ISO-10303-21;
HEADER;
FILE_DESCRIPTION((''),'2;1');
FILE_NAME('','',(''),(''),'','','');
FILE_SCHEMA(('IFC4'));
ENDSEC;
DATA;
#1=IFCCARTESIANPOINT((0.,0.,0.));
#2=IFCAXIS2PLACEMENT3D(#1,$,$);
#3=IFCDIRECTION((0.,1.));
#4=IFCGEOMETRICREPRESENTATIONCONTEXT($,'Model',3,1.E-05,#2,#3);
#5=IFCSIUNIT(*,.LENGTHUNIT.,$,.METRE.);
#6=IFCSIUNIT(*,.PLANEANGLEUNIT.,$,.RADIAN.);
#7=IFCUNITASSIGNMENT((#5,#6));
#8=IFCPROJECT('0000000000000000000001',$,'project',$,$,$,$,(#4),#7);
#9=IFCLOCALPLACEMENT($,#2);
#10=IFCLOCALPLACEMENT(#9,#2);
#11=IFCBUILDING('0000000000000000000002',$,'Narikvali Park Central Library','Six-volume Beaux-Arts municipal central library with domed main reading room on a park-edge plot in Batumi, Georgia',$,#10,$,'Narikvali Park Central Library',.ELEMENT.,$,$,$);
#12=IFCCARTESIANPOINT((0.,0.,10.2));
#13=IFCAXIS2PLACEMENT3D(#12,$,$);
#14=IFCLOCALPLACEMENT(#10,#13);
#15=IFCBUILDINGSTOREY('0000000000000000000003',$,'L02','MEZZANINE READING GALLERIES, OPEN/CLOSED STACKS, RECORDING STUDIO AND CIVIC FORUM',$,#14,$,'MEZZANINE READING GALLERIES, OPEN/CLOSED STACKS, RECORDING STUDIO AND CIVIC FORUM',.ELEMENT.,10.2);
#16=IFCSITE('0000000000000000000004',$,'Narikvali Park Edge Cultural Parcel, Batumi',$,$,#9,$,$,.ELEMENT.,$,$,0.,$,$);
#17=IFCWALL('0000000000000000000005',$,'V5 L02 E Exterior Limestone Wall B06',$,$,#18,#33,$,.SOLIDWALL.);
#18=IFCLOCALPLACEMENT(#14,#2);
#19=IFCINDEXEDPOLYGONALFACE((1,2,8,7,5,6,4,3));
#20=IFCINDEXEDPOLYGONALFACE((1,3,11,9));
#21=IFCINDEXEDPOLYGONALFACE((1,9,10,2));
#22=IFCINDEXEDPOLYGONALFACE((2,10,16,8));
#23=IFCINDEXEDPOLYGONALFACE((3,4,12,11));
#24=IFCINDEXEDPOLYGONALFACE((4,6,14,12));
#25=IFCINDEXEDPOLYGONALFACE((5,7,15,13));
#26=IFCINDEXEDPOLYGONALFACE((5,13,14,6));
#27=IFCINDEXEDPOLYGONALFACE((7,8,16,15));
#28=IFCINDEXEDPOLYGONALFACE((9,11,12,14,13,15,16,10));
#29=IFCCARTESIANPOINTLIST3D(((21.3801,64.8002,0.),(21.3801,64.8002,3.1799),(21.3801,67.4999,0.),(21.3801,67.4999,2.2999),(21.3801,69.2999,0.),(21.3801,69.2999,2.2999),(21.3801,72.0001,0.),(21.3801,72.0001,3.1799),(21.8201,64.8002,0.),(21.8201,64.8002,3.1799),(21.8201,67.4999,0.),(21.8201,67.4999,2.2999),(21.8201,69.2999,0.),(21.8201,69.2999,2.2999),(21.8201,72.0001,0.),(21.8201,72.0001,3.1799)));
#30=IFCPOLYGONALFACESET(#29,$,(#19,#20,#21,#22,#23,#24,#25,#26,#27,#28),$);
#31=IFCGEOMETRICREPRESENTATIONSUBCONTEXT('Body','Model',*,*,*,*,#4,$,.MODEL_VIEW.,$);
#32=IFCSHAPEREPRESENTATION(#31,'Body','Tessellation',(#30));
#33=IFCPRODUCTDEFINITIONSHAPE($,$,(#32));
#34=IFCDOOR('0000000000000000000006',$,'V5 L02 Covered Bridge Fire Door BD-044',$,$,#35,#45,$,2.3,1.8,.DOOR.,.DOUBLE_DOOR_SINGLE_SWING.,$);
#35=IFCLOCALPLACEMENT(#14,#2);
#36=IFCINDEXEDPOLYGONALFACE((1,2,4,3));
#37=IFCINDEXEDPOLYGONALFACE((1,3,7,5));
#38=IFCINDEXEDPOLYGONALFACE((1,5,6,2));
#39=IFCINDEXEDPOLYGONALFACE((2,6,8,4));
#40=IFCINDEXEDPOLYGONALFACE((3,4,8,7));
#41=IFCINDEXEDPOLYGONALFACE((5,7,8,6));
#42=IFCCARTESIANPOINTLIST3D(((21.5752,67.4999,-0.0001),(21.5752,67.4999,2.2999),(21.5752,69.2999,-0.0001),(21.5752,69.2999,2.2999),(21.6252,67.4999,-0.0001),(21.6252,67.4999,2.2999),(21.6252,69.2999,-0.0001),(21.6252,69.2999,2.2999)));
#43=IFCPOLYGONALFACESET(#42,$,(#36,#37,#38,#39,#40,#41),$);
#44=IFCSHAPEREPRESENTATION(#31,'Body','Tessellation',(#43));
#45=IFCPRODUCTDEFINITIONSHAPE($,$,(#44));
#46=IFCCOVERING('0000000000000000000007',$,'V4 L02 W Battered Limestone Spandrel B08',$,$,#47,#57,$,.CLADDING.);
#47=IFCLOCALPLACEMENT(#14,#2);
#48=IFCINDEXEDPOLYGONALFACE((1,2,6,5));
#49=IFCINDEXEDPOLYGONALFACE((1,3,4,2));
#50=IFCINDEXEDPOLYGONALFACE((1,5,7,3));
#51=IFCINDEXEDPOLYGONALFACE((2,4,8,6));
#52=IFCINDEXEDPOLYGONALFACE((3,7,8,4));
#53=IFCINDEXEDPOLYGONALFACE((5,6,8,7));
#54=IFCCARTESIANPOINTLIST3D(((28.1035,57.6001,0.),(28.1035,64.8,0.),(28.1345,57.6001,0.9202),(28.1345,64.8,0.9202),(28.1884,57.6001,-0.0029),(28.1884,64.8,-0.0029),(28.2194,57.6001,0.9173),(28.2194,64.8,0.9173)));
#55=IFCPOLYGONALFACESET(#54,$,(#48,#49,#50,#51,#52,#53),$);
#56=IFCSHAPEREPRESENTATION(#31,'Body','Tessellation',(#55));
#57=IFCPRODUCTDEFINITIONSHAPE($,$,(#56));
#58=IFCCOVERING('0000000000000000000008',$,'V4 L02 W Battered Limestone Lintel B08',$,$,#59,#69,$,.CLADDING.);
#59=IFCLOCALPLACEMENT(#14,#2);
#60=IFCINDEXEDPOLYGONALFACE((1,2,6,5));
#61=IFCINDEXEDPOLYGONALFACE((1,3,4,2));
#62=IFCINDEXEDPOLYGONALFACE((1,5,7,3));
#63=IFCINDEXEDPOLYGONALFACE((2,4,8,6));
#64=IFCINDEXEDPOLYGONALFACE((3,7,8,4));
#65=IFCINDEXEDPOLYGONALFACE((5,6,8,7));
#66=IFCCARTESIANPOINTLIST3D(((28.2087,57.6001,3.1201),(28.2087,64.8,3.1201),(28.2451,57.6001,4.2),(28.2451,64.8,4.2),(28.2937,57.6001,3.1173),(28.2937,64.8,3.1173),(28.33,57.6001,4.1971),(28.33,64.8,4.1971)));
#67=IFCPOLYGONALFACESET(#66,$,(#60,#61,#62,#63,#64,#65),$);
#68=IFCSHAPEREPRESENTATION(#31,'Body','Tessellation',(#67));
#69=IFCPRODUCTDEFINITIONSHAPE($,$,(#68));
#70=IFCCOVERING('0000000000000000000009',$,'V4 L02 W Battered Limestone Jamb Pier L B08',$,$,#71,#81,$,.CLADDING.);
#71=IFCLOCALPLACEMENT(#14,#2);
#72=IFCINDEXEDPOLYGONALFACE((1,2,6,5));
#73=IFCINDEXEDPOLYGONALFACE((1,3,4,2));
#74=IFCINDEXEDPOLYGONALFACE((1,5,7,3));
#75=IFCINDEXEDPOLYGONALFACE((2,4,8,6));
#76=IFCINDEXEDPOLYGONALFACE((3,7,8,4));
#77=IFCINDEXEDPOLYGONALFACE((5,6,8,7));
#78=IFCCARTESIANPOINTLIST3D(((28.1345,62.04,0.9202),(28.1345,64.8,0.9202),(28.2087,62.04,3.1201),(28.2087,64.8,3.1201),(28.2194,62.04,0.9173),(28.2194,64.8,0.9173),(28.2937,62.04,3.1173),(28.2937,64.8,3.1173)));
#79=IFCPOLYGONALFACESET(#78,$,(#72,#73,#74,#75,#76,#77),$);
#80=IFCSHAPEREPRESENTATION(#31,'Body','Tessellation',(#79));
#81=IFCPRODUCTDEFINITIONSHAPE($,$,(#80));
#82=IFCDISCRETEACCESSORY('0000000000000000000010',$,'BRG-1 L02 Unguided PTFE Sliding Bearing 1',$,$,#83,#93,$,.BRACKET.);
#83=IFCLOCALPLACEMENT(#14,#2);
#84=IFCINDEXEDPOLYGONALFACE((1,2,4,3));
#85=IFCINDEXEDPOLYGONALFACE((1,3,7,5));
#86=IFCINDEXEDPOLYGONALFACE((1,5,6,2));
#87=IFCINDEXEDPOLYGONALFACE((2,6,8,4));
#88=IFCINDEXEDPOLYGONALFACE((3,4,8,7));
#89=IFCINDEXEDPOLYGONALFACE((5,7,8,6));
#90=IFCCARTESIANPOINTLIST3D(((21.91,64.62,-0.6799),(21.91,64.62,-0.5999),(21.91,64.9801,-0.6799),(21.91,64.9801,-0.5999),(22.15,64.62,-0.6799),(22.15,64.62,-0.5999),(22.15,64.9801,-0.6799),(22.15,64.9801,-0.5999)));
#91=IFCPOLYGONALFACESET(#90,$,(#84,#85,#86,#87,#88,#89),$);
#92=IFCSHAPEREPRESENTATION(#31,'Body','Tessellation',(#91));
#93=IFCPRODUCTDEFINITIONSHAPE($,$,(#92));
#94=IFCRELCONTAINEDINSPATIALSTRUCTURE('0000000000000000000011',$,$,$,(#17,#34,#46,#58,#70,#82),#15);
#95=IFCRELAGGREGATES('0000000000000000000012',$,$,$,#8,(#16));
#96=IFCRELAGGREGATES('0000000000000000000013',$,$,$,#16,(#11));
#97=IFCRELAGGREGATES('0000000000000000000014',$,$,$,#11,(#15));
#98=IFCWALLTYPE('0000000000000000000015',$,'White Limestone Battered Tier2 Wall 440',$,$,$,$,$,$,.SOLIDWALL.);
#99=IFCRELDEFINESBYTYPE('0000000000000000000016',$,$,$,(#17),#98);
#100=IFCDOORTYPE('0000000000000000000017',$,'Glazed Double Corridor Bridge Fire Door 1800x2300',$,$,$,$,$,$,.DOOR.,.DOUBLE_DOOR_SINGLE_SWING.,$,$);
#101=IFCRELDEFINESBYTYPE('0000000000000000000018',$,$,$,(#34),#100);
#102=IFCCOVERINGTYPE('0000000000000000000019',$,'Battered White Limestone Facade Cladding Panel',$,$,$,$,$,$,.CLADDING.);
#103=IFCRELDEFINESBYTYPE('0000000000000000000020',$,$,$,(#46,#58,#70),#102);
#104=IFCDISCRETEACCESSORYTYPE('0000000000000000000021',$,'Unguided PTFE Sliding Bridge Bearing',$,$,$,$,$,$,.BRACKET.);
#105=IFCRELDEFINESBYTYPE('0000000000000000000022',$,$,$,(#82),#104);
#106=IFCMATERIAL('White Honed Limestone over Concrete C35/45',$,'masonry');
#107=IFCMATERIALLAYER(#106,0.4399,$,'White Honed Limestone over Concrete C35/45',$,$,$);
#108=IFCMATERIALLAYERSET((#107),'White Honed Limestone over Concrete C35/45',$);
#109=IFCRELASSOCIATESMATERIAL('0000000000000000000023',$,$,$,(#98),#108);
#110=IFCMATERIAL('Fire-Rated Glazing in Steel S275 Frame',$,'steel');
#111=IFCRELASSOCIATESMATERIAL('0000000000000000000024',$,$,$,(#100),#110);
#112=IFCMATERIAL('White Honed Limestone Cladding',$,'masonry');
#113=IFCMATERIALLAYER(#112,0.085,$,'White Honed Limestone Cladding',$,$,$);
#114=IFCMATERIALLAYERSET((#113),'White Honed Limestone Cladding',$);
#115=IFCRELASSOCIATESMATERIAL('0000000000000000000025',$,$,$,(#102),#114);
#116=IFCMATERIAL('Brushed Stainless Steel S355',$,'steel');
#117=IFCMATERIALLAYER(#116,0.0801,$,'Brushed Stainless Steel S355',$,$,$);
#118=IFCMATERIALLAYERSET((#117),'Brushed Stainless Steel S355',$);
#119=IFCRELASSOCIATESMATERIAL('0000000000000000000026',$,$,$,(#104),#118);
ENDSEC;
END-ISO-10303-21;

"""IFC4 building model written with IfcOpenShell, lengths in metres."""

from ifc_helpers import new_model, si_unit, direction, frame, frame_2d, origin, origin_2d, place, context, subcontext, project, spatial, polyline, rectangle, outline, extrude, material, layer, layer_set, type_object, element, fill, save


model = new_model("IFC4")

# Units and contexts
model_context = context("Model", 3, precision=1e-05, world=origin(), true_north=direction((0.0, 1.0)))
body_context = subcontext(model_context, "Body", "Model", "MODEL_VIEW")
ifc_project = project(units=[si_unit("LENGTHUNIT", "METRE"), si_unit("PLANEANGLEUNIT", "RADIAN")], contexts=[model_context])

# Site, building, storey
site_placement = place(None, origin())
site = spatial("IfcSite", under=ifc_project, at=site_placement, Name="Narikvali Park Edge Cultural Parcel, Batumi", CompositionType="ELEMENT", RefElevation=0.0)
building_placement = place(site_placement, origin())
building = spatial("IfcBuilding", under=site, at=building_placement, Name="Narikvali Park Central Library", Description="Six-volume Beaux-Arts municipal central library with domed main reading room on a park-edge plot in Batumi, Georgia", LongName="Narikvali Park Central Library", CompositionType="ELEMENT")
storey_placement = place(building_placement, frame((0.0, 0.0, 10.2)))
storey = spatial("IfcBuildingStorey", under=building, at=storey_placement, Name="L02", Description="MEZZANINE READING GALLERIES, OPEN/CLOSED STACKS, RECORDING STUDIO AND CIVIC FORUM", LongName="MEZZANINE READING GALLERIES, OPEN/CLOSED STACKS, RECORDING STUDIO AND CIVIC FORUM", CompositionType="ELEMENT", Elevation=10.2)

# Wall, opening, door
ifc_material_1 = material(Name="White Honed Limestone over Concrete C35/45", Category="masonry")
ifc_layer_1 = layer(ifc_material_1, 0.4399, Name="White Honed Limestone over Concrete C35/45")
ifc_layer_set_1 = layer_set([ifc_layer_1], Name="White Honed Limestone over Concrete C35/45")
wall_type = type_object("IfcWallType", Name="White Limestone Battered Tier2 Wall 440", PredefinedType="SOLIDWALL", material=ifc_layer_set_1)
wall_placement = place(storey_placement, frame((21.6001, 64.8, 0.0), z_axis=(0.0, 0.0, 1.0), x_axis=(0.0, 1.0, 0.0)))
wall = element("IfcWall", 1, at=wall_placement, inside=storey, type_object=wall_type, Name="V5 L02 E Exterior Limestone Wall B06", PredefinedType="SOLIDWALL", context=body_context, shape_type="SweptSolid", body=[
    extrude(rectangle(XDim=7.2, YDim=0.4399, at=frame_2d((3.6001, 0.0))), origin(), (0.0, 0.0, 1.0), 3.1799),
])
opening_placement = place(wall_placement, frame((2.7, 0.0, 0.0)))
opening = element("IfcOpeningElement", 2, at=opening_placement, cuts=wall, PredefinedType="OPENING", context=body_context, shape_type="SweptSolid", body=[
    extrude(rectangle(XDim=1.8, YDim=2.3, at=frame_2d((0.8999, 1.1499))), frame((0.0, 0.2319, 0.0), z_axis=(0.0, -1.0, 0.0), x_axis=(1.0, 0.0, 0.0)), (0.0, 0.0, 1.0), 0.4639),
])
ifc_material_2 = material(Name="Fire-Rated Glazing in Steel S275 Frame", Category="steel")
door_type = type_object("IfcDoorType", Name="Glazed Double Corridor Bridge Fire Door 1800x2300", OperationType="DOUBLE_DOOR_SINGLE_SWING", PredefinedType="DOOR", material=ifc_material_2)
door_placement = place(opening_placement, origin())
door = element("IfcDoor", 3, at=door_placement, inside=storey, type_object=door_type, Name="V5 L02 Covered Bridge Fire Door BD-044", OperationType="DOUBLE_DOOR_SINGLE_SWING", OverallHeight=2.3, OverallWidth=1.8, PredefinedType="DOOR", context=body_context, shape_type="SweptSolid", body=[
    extrude(rectangle(XDim=1.8, YDim=2.3, at=frame_2d((0.8999, 1.1499))), frame((0.0, 0.0249, 0.0), z_axis=(0.0, -1.0, 0.0), x_axis=(1.0, 0.0, 0.0)), (0.0, 0.0, 1.0), 0.05),
])
fill(opening, door)

# Coverings
ifc_material_3 = material(Name="White Honed Limestone Cladding", Category="masonry")
ifc_layer_2 = layer(ifc_material_3, 0.085, Name="White Honed Limestone Cladding")
ifc_layer_set_2 = layer_set([ifc_layer_2], Name="White Honed Limestone Cladding")
covering_type = type_object("IfcCoveringType", Name="Battered White Limestone Facade Cladding Panel", PredefinedType="CLADDING", material=ifc_layer_set_2)
covering_1_placement = place(storey_placement, frame((28.1035, 64.8, 0.0), z_axis=(-0.999433, 0.0, 0.033677), x_axis=(0.0, -1.0, 0.0)))
element("IfcCovering", 4, at=covering_1_placement, inside=storey, type_object=covering_type, Name="V4 L02 W Battered Limestone Spandrel B08", PredefinedType="CLADDING", context=body_context, shape_type="SweptSolid", body=[
    extrude(outline(polyline([(0.0, 0.0), (7.2, 0.0), (7.2, 0.9207), (0.0, 0.9207), (0.0, 0.0)])), origin(), (0.0, 0.0, -1.0), 0.085),
])
covering_2_placement = place(storey_placement, frame((28.2087, 64.8, 3.1201), z_axis=(-0.999433, 0.0, 0.033668), x_axis=(0.0, -1.0, 0.0)))
element("IfcCovering", 5, at=covering_2_placement, inside=storey, type_object=covering_type, Name="V4 L02 W Battered Limestone Lintel B08", PredefinedType="CLADDING", context=body_context, shape_type="SweptSolid", body=[
    extrude(outline(polyline([(0.0, 0.0), (7.2, 0.0), (7.2, 1.0804), (0.0, 1.0804), (0.0, 0.0)])), origin(), (0.0, 0.0, -1.0), 0.085),
])
covering_3_placement = place(storey_placement, frame((28.1345, 64.8, 0.9202), z_axis=(-0.999431, 0.0, 0.033717), x_axis=(0.0, -1.0, 0.0)))
element("IfcCovering", 6, at=covering_3_placement, inside=storey, type_object=covering_type, Name="V4 L02 W Battered Limestone Jamb Pier L B08", PredefinedType="CLADDING", context=body_context, shape_type="SweptSolid", body=[
    extrude(outline(polyline([(0.0, 0.0), (2.76, 0.0), (2.76, 2.2012), (0.0, 2.2012), (0.0, 0.0)])), origin(), (0.0, 0.0, -1.0), 0.085),
])

# Discrete accessory
ifc_material_4 = material(Name="Brushed Stainless Steel S355", Category="steel")
ifc_layer_3 = layer(ifc_material_4, 0.0801, Name="Brushed Stainless Steel S355")
ifc_layer_set_3 = layer_set([ifc_layer_3], Name="Brushed Stainless Steel S355")
discrete_accessory_type = type_object("IfcDiscreteAccessoryType", Name="Unguided PTFE Sliding Bridge Bearing", PredefinedType="BRACKET", material=ifc_layer_set_3)
discrete_accessory_placement = place(storey_placement, frame((22.03, 64.8, -0.6799), z_axis=(0.0, 0.0, 1.0), x_axis=(1.0, 0.0, 0.0)))
element("IfcDiscreteAccessory", 7, at=discrete_accessory_placement, inside=storey, type_object=discrete_accessory_type, Name="BRG-1 L02 Unguided PTFE Sliding Bearing 1", PredefinedType="BRACKET", context=body_context, shape_type="SweptSolid", body=[
    extrude(rectangle(XDim=0.24, YDim=0.3601, at=origin_2d()), origin(), (0.0, 0.0, 1.0), 0.0801),
])

save(model, "model.ifc")
